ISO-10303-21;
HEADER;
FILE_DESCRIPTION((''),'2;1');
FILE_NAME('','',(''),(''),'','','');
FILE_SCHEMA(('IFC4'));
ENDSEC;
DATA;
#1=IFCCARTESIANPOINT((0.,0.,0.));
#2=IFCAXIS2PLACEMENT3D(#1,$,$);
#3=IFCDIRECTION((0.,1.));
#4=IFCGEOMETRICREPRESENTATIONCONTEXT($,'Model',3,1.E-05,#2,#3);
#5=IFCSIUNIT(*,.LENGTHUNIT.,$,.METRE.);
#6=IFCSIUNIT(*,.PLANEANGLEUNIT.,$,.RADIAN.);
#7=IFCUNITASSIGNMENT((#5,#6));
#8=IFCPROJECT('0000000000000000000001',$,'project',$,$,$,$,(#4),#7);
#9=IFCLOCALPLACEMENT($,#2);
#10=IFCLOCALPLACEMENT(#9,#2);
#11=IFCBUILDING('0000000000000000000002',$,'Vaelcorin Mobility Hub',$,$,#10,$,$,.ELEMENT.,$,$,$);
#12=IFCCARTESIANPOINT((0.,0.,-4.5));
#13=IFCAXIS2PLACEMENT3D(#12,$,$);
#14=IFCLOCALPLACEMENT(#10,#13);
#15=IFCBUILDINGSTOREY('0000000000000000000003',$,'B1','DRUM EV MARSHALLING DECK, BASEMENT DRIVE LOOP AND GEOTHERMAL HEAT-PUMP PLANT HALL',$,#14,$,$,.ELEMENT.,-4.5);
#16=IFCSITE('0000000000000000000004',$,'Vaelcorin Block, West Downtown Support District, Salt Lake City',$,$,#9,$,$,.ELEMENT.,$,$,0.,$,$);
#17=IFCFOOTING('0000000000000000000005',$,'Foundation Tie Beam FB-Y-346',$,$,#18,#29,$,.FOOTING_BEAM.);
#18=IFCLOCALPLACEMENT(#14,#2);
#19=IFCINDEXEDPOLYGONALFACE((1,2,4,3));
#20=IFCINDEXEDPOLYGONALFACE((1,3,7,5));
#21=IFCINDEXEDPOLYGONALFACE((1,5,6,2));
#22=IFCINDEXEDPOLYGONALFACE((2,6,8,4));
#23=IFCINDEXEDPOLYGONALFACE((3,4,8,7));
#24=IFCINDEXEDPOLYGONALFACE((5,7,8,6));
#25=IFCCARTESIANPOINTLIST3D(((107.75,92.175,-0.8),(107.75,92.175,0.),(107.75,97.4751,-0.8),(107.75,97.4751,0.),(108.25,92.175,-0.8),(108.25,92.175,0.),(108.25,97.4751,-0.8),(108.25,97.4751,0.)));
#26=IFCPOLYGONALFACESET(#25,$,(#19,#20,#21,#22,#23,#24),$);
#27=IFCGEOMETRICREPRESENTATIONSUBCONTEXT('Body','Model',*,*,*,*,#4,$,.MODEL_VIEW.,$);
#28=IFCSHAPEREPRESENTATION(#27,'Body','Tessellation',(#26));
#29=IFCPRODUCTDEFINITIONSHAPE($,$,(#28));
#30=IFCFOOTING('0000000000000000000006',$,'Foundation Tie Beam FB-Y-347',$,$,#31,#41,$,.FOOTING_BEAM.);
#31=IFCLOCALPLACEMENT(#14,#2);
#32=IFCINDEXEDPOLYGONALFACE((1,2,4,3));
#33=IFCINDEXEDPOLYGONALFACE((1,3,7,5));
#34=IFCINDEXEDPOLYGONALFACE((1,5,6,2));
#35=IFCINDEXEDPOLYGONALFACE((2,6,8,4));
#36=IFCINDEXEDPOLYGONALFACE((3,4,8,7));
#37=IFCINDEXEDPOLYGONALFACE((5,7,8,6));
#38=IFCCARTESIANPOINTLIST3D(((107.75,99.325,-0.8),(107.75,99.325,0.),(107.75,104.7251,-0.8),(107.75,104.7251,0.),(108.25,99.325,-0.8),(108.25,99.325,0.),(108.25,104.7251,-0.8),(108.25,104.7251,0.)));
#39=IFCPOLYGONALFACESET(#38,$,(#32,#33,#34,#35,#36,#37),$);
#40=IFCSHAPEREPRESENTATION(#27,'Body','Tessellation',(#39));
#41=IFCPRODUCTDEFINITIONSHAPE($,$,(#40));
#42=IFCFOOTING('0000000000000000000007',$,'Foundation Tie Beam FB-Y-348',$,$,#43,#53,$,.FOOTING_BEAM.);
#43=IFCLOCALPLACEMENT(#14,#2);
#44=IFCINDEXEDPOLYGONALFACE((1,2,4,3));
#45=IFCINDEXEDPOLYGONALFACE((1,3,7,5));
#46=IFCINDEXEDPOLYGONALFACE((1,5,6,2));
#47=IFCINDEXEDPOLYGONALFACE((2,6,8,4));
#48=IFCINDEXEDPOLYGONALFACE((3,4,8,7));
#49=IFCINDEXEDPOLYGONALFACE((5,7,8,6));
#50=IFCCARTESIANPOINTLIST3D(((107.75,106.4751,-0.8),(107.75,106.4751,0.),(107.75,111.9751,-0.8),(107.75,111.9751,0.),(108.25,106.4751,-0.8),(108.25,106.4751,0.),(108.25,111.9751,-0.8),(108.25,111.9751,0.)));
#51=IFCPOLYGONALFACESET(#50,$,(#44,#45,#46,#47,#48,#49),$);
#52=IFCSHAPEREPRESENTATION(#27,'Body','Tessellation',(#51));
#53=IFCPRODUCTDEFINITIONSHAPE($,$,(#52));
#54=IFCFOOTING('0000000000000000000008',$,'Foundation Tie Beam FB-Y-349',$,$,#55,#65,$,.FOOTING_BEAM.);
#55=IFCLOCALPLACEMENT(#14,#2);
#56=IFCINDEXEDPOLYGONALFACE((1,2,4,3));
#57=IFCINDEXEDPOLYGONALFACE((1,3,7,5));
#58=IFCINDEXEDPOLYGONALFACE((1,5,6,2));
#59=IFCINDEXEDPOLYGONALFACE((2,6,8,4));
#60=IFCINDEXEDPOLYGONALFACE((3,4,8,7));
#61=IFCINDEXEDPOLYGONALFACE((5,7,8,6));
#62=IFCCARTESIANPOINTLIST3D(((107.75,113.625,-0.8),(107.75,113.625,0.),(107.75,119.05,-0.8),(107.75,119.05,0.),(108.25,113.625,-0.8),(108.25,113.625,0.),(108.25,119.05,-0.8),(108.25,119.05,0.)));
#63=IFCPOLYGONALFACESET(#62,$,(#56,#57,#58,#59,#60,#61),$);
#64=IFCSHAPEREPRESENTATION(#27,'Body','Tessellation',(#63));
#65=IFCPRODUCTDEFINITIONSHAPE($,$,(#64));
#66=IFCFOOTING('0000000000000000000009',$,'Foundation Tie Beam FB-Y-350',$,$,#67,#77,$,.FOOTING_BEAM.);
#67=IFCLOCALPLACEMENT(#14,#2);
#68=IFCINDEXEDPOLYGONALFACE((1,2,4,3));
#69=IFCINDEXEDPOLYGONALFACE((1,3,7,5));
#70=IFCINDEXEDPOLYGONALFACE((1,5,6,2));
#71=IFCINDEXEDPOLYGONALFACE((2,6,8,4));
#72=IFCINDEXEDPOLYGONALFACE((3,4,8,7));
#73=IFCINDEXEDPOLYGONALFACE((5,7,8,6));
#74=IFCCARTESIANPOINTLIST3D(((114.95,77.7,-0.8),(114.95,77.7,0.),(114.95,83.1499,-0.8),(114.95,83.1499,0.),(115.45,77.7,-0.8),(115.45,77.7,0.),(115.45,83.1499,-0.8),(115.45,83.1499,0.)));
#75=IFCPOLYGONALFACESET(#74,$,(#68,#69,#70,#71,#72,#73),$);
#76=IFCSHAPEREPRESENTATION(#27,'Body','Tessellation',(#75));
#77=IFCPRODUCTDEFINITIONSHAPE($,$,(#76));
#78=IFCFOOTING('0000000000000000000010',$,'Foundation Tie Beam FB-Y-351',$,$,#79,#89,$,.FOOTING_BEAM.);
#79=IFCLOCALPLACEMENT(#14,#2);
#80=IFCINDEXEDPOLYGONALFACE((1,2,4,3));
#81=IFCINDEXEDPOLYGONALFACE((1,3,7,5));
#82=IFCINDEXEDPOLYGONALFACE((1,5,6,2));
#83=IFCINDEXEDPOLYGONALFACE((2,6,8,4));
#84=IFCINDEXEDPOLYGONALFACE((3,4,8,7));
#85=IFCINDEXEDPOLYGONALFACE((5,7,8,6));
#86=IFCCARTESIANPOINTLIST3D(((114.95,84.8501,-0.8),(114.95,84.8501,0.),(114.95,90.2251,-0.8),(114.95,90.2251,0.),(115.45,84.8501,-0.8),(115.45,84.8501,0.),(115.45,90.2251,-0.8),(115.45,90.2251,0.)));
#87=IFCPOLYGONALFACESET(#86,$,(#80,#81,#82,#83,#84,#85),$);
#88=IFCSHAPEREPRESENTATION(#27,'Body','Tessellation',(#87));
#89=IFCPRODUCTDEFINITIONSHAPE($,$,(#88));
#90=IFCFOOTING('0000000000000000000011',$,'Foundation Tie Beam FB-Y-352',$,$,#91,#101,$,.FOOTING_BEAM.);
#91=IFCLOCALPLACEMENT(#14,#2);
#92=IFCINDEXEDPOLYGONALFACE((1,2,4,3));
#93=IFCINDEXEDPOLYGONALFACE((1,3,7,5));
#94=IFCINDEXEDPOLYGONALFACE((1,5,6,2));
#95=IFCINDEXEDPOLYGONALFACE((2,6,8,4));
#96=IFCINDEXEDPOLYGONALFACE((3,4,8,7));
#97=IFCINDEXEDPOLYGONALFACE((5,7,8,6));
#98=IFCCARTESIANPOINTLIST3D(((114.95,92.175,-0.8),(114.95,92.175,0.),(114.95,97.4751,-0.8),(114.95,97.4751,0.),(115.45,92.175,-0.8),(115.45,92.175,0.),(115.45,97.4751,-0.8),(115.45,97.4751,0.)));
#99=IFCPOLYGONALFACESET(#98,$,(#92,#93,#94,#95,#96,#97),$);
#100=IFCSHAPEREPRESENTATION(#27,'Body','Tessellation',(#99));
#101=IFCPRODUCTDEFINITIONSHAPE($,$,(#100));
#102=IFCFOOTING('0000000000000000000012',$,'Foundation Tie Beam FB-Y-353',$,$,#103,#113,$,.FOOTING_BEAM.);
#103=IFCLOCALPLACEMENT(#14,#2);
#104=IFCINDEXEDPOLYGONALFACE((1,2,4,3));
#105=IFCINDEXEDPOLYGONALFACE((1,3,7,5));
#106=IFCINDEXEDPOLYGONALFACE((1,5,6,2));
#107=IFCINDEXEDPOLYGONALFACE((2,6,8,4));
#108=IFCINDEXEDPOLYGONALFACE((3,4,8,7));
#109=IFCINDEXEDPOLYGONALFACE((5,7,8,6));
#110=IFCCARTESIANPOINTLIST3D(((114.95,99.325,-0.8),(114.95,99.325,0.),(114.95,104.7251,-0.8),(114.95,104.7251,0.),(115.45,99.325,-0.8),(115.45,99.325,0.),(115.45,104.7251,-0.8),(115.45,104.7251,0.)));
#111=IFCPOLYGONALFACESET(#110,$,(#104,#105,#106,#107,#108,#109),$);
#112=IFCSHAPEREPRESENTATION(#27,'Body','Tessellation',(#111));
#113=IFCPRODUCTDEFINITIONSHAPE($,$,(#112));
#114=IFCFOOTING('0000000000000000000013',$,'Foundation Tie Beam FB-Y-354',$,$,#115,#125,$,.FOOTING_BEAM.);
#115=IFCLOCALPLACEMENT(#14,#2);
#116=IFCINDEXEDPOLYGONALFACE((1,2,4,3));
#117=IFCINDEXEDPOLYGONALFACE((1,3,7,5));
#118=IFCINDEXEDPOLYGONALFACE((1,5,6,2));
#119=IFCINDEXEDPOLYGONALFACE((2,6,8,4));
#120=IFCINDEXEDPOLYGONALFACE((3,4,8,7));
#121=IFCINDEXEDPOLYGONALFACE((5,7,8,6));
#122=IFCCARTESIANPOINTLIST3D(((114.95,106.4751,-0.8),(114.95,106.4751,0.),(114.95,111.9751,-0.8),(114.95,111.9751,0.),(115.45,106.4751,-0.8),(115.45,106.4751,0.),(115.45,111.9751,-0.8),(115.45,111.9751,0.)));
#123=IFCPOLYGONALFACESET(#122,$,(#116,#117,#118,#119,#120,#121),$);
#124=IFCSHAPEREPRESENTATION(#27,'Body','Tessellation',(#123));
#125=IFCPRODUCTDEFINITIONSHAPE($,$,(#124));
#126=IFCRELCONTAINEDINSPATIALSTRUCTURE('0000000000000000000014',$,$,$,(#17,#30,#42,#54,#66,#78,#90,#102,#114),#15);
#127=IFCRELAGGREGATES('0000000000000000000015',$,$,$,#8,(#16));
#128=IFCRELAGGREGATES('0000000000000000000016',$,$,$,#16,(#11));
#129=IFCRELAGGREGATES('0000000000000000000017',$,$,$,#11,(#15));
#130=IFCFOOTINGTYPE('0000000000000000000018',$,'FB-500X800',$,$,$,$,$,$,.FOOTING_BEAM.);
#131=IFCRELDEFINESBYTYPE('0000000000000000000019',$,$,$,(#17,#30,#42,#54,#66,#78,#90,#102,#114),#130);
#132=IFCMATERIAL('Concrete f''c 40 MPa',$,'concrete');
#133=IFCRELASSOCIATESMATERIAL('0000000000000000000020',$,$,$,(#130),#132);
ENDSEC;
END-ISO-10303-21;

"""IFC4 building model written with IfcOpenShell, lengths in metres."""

from ifc_helpers import new_model, si_unit, direction, frame, origin, place, context, subcontext, project, spatial, polyline, outline, extrude, material, type_object, element, save


model = new_model("IFC4")

# Units and contexts
model_context = context("Model", 3, precision=1e-05, world=origin(), true_north=direction((0.0, 1.0)))
body_context = subcontext(model_context, "Body", "Model", "MODEL_VIEW")
ifc_project = project(units=[si_unit("LENGTHUNIT", "METRE"), si_unit("PLANEANGLEUNIT", "RADIAN")], contexts=[model_context])

# Site, building, storey
site_placement = place(None, origin())
site = spatial("IfcSite", under=ifc_project, at=site_placement, Name="Vaelcorin Block, West Downtown Support District, Salt Lake City", CompositionType="ELEMENT", RefElevation=0.0)
building_placement = place(site_placement, origin())
building = spatial("IfcBuilding", under=site, at=building_placement, Name="Vaelcorin Mobility Hub", CompositionType="ELEMENT")
storey_placement = place(building_placement, frame((0.0, 0.0, -4.5)))
storey = spatial("IfcBuildingStorey", under=building, at=storey_placement, Name="B1", Description="DRUM EV MARSHALLING DECK, BASEMENT DRIVE LOOP AND GEOTHERMAL HEAT-PUMP PLANT HALL", CompositionType="ELEMENT", Elevation=-4.5)

# Footings
ifc_material = material(Name="Concrete f'c 40 MPa", Category="concrete")
footing_type = type_object("IfcFootingType", Name="FB-500X800", PredefinedType="FOOTING_BEAM", material=ifc_material)
footing_1_placement = place(storey_placement, frame((0.0, 0.0, -0.8)))
element("IfcFooting", 1, at=footing_1_placement, inside=storey, type_object=footing_type, Name="Foundation Tie Beam FB-Y-346", PredefinedType="FOOTING_BEAM", context=body_context, shape_type="SweptSolid", body=[
    extrude(outline(polyline([(107.75, 92.175), (108.25, 92.175), (108.25, 97.4751), (107.75, 97.4751), (107.75, 92.175)])), origin(), (0.0, 0.0, 1.0), 0.8),
])
footing_2_placement = place(storey_placement, frame((0.0, 0.0, -0.8)))
element("IfcFooting", 2, at=footing_2_placement, inside=storey, type_object=footing_type, Name="Foundation Tie Beam FB-Y-347", PredefinedType="FOOTING_BEAM", context=body_context, shape_type="SweptSolid", body=[
    extrude(outline(polyline([(107.75, 99.325), (108.25, 99.325), (108.25, 104.7251), (107.75, 104.7251), (107.75, 99.325)])), origin(), (0.0, 0.0, 1.0), 0.8),
])
footing_3_placement = place(storey_placement, frame((0.0, 0.0, -0.8)))
element("IfcFooting", 3, at=footing_3_placement, inside=storey, type_object=footing_type, Name="Foundation Tie Beam FB-Y-348", PredefinedType="FOOTING_BEAM", context=body_context, shape_type="SweptSolid", body=[
    extrude(outline(polyline([(107.75, 106.4751), (108.25, 106.4751), (108.25, 111.9751), (107.75, 111.9751), (107.75, 106.4751)])), origin(), (0.0, 0.0, 1.0), 0.8),
])
footing_4_placement = place(storey_placement, frame((0.0, 0.0, -0.8)))
element("IfcFooting", 4, at=footing_4_placement, inside=storey, type_object=footing_type, Name="Foundation Tie Beam FB-Y-349", PredefinedType="FOOTING_BEAM", context=body_context, shape_type="SweptSolid", body=[
    extrude(outline(polyline([(107.75, 113.625), (108.25, 113.625), (108.25, 119.05), (107.75, 119.05), (107.75, 113.625)])), origin(), (0.0, 0.0, 1.0), 0.8),
])
footing_5_placement = place(storey_placement, frame((0.0, 0.0, -0.8)))
element("IfcFooting", 5, at=footing_5_placement, inside=storey, type_object=footing_type, Name="Foundation Tie Beam FB-Y-350", PredefinedType="FOOTING_BEAM", context=body_context, shape_type="SweptSolid", body=[
    extrude(outline(polyline([(114.95, 77.7), (115.45, 77.7), (115.45, 83.1499), (114.95, 83.1499), (114.95, 77.7)])), origin(), (0.0, 0.0, 1.0), 0.8),
])
footing_6_placement = place(storey_placement, frame((0.0, 0.0, -0.8)))
element("IfcFooting", 6, at=footing_6_placement, inside=storey, type_object=footing_type, Name="Foundation Tie Beam FB-Y-351", PredefinedType="FOOTING_BEAM", context=body_context, shape_type="SweptSolid", body=[
    extrude(outline(polyline([(114.95, 84.8501), (115.45, 84.8501), (115.45, 90.2251), (114.95, 90.2251), (114.95, 84.8501)])), origin(), (0.0, 0.0, 1.0), 0.8),
])
footing_7_placement = place(storey_placement, frame((0.0, 0.0, -0.8)))
element("IfcFooting", 7, at=footing_7_placement, inside=storey, type_object=footing_type, Name="Foundation Tie Beam FB-Y-352", PredefinedType="FOOTING_BEAM", context=body_context, shape_type="SweptSolid", body=[
    extrude(outline(polyline([(114.95, 92.175), (115.45, 92.175), (115.45, 97.4751), (114.95, 97.4751), (114.95, 92.175)])), origin(), (0.0, 0.0, 1.0), 0.8),
])
footing_8_placement = place(storey_placement, frame((0.0, 0.0, -0.8)))
element("IfcFooting", 8, at=footing_8_placement, inside=storey, type_object=footing_type, Name="Foundation Tie Beam FB-Y-353", PredefinedType="FOOTING_BEAM", context=body_context, shape_type="SweptSolid", body=[
    extrude(outline(polyline([(114.95, 99.325), (115.45, 99.325), (115.45, 104.7251), (114.95, 104.7251), (114.95, 99.325)])), origin(), (0.0, 0.0, 1.0), 0.8),
])
footing_9_placement = place(storey_placement, frame((0.0, 0.0, -0.8)))
element("IfcFooting", 9, at=footing_9_placement, inside=storey, type_object=footing_type, Name="Foundation Tie Beam FB-Y-354", PredefinedType="FOOTING_BEAM", context=body_context, shape_type="SweptSolid", body=[
    extrude(outline(polyline([(114.95, 106.4751), (115.45, 106.4751), (115.45, 111.9751), (114.95, 111.9751), (114.95, 106.4751)])), origin(), (0.0, 0.0, 1.0), 0.8),
])

save(model, "model.ifc")
